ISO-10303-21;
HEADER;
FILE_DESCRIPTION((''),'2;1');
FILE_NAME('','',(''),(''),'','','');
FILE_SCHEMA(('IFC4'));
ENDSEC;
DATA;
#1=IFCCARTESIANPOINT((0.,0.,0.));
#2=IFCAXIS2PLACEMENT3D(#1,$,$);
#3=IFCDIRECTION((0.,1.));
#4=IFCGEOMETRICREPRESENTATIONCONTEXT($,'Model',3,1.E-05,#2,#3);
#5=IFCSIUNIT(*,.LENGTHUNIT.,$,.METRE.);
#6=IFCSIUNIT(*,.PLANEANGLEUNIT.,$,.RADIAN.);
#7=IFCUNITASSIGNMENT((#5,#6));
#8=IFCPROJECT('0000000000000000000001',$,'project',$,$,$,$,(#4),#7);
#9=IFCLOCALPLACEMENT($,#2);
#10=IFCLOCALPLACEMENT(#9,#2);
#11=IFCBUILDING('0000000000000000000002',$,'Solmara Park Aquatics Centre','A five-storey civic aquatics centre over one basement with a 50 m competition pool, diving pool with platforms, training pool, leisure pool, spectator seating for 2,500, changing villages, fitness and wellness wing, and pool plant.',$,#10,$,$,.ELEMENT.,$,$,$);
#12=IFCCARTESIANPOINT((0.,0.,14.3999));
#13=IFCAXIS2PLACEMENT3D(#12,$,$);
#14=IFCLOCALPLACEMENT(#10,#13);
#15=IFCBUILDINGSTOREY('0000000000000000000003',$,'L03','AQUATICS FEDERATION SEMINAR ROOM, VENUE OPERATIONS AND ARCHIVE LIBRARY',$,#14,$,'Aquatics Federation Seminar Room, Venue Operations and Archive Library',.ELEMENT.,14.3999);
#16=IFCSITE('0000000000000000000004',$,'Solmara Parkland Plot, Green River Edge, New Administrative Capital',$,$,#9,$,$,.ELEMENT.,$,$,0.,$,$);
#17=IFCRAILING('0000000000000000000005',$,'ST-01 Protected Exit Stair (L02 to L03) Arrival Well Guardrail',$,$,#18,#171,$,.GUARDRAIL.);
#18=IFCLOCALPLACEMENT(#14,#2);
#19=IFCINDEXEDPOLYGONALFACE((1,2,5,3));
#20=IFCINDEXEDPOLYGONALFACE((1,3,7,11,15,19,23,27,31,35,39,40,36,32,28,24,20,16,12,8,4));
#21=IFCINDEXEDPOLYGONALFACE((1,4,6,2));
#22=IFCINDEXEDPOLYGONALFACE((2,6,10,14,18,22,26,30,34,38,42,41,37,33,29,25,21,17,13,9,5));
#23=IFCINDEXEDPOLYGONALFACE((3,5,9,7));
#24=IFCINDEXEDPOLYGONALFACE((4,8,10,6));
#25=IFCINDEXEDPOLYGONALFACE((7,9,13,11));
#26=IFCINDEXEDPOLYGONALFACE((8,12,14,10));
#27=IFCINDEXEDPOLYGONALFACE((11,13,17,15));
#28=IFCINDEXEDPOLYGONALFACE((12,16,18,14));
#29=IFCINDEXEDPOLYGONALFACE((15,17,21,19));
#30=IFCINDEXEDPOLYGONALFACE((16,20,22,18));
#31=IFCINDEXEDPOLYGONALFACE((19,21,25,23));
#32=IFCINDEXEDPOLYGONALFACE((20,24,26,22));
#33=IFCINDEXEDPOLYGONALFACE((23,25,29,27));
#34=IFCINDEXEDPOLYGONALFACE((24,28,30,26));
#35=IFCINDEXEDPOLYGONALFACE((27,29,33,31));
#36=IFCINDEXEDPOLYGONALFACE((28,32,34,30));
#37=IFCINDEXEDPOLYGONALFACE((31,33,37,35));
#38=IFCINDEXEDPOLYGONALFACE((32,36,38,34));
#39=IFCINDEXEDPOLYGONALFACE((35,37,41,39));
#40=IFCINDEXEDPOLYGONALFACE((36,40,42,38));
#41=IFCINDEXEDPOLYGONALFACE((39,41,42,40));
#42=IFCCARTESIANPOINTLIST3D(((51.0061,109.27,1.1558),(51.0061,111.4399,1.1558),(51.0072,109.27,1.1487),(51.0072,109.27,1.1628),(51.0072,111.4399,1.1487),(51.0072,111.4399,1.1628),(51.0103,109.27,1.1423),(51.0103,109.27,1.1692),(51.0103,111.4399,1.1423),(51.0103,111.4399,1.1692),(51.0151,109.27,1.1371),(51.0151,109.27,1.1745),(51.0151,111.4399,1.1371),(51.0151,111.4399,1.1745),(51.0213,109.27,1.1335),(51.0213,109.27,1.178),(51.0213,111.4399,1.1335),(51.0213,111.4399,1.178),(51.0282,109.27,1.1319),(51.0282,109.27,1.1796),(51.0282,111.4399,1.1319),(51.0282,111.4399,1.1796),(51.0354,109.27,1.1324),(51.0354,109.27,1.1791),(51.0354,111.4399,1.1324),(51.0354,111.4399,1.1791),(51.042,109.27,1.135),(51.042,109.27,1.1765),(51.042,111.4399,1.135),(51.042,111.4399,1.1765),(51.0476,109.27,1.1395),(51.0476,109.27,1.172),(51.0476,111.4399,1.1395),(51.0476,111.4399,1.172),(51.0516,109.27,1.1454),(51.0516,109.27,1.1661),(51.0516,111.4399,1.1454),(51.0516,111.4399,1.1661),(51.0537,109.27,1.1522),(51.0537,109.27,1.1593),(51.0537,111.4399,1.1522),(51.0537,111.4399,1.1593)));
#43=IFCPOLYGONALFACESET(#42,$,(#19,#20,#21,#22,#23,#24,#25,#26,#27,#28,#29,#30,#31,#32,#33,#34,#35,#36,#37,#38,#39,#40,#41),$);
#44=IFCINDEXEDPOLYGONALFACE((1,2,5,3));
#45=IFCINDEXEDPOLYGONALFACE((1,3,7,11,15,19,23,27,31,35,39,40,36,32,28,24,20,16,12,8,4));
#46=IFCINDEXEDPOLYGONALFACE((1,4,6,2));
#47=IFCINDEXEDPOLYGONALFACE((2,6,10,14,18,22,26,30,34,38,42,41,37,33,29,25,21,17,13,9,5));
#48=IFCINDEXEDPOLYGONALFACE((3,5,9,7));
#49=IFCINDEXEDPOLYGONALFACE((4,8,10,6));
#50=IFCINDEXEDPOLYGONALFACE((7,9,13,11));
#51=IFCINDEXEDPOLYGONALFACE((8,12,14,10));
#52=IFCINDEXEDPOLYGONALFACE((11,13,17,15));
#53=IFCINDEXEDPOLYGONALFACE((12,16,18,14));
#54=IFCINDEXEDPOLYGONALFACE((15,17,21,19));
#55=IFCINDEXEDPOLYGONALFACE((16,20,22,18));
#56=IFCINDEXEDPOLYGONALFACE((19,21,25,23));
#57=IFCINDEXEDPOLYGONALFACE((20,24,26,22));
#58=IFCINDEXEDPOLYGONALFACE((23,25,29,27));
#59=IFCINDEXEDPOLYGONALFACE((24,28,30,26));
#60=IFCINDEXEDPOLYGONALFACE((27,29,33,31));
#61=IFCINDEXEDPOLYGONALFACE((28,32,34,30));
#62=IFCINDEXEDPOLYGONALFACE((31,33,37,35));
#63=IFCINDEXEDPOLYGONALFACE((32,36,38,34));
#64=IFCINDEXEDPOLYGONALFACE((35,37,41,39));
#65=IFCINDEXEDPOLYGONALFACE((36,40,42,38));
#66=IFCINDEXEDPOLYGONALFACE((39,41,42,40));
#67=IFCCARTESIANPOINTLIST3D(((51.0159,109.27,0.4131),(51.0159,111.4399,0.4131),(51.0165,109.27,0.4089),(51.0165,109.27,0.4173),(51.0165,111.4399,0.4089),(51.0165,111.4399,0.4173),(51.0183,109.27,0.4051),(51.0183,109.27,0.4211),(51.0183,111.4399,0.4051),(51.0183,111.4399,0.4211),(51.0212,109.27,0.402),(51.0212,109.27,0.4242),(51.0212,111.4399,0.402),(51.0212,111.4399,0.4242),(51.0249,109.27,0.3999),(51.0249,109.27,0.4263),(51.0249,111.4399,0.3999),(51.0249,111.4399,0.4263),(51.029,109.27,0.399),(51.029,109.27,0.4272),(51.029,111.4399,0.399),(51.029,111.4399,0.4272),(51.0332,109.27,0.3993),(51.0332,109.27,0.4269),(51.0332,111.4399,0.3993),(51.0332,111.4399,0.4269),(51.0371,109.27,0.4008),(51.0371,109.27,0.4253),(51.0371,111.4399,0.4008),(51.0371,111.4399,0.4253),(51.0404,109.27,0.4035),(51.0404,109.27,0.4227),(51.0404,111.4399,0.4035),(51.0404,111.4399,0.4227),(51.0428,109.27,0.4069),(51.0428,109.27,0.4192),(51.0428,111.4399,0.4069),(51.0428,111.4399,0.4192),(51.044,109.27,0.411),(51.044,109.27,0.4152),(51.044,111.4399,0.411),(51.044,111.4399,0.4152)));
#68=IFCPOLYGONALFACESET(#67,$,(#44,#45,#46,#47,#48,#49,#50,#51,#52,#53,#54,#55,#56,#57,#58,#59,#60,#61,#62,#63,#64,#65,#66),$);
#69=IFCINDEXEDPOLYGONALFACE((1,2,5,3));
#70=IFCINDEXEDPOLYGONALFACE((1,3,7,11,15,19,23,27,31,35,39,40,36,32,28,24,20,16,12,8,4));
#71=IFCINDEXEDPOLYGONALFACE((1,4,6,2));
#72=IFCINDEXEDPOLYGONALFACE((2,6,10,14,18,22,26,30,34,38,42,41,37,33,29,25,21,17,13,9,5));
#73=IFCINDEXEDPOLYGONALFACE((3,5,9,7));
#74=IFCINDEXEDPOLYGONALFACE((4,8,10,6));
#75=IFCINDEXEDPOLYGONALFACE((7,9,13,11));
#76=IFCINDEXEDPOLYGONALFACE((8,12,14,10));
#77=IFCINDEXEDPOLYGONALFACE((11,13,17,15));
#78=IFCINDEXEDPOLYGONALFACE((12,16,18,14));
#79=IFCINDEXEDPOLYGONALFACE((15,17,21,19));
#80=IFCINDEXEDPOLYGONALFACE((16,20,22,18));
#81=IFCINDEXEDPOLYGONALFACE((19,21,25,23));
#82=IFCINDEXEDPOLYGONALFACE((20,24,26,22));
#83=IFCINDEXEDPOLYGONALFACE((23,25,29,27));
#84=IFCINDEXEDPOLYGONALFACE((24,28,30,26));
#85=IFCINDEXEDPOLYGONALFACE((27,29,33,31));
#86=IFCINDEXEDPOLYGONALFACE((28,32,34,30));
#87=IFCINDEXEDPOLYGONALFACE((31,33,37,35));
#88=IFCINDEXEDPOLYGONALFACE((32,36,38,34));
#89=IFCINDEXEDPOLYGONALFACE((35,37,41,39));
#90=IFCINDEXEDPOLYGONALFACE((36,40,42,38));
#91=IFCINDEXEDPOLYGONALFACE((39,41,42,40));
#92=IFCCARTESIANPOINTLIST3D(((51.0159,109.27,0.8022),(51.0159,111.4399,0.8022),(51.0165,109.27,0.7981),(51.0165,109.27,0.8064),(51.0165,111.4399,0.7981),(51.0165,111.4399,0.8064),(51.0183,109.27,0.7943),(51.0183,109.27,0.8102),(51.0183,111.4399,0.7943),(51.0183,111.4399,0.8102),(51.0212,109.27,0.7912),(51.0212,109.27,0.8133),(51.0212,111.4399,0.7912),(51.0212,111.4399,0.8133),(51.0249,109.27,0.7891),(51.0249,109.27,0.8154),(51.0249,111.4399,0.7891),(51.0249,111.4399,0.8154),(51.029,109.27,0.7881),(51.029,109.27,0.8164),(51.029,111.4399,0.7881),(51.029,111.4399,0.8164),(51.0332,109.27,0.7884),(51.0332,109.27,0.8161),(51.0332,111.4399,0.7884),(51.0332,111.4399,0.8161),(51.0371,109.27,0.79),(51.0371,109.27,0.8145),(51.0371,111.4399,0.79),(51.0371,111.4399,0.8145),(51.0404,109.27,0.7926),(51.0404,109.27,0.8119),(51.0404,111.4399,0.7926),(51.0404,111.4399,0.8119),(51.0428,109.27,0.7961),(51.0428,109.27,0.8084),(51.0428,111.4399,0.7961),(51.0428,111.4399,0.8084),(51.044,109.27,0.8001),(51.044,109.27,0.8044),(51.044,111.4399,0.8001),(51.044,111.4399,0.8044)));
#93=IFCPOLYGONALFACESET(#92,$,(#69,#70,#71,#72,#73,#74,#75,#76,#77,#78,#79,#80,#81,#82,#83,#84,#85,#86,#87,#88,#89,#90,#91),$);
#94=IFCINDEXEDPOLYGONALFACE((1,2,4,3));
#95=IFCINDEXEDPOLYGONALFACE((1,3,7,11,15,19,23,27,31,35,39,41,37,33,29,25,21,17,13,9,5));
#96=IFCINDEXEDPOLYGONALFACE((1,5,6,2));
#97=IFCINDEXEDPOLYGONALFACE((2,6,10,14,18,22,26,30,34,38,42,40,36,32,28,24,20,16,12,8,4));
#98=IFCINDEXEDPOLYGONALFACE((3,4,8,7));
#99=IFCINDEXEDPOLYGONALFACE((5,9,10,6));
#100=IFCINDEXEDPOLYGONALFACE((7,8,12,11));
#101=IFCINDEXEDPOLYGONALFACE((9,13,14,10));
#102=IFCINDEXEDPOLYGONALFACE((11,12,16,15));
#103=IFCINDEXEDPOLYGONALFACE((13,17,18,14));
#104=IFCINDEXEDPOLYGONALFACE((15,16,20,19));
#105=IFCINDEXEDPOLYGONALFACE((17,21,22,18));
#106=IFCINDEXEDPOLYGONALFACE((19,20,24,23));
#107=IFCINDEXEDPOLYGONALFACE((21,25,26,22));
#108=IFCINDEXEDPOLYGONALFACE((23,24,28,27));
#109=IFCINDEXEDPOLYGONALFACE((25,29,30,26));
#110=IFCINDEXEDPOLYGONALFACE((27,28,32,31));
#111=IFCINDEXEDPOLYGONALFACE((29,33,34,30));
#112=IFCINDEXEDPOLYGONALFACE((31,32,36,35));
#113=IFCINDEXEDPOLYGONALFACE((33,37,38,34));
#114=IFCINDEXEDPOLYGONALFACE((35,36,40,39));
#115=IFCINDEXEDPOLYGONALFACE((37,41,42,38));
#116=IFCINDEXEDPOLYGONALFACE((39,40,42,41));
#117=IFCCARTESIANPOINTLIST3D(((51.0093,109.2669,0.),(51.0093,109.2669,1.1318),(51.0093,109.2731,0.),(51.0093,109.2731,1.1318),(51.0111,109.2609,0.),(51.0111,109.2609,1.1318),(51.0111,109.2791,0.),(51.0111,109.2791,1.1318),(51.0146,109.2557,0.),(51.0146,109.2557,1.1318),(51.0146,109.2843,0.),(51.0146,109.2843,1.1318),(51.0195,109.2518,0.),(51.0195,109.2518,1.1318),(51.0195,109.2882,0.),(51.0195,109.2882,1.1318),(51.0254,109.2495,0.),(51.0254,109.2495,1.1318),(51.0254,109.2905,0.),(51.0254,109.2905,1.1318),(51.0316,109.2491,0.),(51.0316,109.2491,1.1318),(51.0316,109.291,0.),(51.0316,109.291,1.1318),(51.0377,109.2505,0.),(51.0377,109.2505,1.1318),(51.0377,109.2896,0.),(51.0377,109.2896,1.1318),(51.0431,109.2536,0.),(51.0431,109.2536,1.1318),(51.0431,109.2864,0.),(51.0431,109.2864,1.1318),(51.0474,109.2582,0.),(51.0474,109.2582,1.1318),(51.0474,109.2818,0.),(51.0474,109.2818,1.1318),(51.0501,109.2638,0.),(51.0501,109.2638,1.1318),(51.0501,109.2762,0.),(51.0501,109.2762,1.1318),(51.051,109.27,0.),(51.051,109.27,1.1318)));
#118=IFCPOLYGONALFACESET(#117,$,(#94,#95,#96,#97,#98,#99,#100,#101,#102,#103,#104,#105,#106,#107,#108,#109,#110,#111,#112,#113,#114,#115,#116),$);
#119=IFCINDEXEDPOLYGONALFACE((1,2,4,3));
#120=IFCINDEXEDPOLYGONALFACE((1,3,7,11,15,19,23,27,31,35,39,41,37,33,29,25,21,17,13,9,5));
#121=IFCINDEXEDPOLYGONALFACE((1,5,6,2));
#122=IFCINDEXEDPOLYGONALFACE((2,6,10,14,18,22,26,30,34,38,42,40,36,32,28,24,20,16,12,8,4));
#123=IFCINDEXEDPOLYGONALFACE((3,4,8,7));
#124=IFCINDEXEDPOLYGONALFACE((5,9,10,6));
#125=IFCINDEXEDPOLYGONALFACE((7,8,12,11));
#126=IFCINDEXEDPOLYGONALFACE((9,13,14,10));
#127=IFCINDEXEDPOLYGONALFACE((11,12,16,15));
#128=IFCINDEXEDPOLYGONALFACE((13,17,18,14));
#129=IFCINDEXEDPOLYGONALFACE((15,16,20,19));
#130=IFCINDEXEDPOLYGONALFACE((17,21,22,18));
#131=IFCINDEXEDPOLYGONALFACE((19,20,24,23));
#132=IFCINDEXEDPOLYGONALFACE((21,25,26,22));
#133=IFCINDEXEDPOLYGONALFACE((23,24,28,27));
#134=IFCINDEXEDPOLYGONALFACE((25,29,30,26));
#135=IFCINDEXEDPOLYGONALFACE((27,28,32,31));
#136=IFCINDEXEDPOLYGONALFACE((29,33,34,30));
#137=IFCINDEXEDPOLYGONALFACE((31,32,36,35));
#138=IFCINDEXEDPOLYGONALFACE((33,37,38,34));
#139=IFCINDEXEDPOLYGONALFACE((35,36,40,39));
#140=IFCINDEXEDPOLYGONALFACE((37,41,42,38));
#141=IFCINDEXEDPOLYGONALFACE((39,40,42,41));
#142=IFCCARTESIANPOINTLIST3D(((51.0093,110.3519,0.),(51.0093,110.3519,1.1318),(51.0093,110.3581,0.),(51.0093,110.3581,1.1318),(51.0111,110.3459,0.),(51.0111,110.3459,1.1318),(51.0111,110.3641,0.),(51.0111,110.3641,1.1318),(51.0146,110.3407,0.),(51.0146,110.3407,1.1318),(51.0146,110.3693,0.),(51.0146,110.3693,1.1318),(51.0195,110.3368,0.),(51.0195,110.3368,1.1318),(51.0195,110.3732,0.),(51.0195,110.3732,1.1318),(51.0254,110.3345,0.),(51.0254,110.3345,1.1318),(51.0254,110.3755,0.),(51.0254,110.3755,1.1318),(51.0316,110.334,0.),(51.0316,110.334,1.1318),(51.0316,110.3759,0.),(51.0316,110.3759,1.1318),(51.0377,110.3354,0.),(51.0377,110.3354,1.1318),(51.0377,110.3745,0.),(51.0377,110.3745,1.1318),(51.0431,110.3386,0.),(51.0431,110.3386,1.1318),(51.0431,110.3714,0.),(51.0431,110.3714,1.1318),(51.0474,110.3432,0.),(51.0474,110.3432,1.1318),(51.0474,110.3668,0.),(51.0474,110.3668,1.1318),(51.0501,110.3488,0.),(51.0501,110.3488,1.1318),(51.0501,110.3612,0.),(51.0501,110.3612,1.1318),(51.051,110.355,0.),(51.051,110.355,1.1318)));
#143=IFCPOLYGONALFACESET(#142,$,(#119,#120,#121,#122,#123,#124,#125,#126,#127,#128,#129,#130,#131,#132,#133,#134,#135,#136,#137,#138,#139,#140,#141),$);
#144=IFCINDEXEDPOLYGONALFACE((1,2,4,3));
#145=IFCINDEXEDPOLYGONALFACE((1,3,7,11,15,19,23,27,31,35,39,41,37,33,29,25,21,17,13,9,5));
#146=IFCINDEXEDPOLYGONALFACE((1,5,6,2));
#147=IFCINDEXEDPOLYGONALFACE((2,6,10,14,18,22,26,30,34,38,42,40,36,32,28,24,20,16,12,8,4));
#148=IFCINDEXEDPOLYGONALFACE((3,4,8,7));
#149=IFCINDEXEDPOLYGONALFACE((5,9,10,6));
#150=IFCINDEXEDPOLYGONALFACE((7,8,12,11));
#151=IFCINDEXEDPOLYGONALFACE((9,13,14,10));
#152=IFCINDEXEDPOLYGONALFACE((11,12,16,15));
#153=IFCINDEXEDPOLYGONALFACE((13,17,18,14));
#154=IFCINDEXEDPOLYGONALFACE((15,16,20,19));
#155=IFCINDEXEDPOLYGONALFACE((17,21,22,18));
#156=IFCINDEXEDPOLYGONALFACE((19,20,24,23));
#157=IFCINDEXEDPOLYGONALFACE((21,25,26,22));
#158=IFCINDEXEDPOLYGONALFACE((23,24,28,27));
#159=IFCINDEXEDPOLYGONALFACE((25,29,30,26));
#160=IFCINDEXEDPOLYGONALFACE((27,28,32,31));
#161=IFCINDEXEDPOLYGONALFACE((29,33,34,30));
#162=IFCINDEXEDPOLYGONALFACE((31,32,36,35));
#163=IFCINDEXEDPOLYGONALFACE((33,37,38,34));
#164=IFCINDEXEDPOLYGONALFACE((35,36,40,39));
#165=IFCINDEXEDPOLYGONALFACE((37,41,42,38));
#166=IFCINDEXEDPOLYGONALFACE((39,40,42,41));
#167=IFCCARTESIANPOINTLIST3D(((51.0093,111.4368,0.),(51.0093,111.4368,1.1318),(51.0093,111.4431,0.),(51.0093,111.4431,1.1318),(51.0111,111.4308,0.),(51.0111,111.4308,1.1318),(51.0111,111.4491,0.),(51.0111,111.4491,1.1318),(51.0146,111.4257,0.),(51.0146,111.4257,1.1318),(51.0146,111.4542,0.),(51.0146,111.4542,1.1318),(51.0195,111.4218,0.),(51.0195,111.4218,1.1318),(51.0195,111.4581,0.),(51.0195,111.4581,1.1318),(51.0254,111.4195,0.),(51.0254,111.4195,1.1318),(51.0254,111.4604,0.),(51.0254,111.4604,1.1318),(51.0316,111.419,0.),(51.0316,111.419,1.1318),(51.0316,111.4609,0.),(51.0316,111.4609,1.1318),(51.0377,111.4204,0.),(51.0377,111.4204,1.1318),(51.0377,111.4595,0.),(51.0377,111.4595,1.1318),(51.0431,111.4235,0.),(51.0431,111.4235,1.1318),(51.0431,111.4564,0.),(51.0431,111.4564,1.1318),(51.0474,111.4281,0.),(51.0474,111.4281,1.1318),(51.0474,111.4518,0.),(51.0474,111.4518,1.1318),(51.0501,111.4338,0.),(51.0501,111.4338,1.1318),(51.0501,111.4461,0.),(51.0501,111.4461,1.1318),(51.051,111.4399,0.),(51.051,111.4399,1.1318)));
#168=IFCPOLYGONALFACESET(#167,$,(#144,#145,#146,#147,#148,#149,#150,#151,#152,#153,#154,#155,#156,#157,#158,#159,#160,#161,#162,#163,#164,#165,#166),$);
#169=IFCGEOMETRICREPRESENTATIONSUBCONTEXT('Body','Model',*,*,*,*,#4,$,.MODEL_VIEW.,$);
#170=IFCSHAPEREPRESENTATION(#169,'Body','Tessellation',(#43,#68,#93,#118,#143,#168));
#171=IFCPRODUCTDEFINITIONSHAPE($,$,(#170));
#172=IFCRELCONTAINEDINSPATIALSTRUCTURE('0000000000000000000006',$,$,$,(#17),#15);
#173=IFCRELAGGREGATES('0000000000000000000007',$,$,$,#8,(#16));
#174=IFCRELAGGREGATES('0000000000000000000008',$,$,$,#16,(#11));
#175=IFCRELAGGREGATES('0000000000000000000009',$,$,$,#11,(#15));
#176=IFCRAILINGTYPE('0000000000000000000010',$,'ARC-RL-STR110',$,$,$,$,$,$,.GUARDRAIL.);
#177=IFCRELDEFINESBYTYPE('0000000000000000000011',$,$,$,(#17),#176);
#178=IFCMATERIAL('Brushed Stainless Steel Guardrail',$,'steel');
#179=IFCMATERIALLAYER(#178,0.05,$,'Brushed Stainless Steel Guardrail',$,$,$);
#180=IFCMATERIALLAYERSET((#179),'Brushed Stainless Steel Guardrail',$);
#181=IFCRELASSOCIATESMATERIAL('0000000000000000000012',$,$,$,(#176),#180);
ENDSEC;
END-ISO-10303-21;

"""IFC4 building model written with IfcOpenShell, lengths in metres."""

from ifc_helpers import new_model, si_unit, direction, frame, origin, origin_2d, place, context, subcontext, project, spatial, circle, extrude, material, layer, layer_set, type_object, element, save


model = new_model("IFC4")

# Units and contexts
model_context = context("Model", 3, precision=1e-05, world=origin(), true_north=direction((0.0, 1.0)))
body_context = subcontext(model_context, "Body", "Model", "MODEL_VIEW")
ifc_project = project(units=[si_unit("LENGTHUNIT", "METRE"), si_unit("PLANEANGLEUNIT", "RADIAN")], contexts=[model_context])

# Site, building, storey
site_placement = place(None, origin())
site = spatial("IfcSite", under=ifc_project, at=site_placement, Name="Solmara Parkland Plot, Green River Edge, New Administrative Capital", CompositionType="ELEMENT", RefElevation=0.0)
building_placement = place(site_placement, origin())
building = spatial("IfcBuilding", under=site, at=building_placement, Name="Solmara Park Aquatics Centre", Description="A five-storey civic aquatics centre over one basement with a 50 m competition pool, diving pool with platforms, training pool, leisure pool, spectator seating for 2,500, changing villages, fitness and wellness wing, and pool plant.", CompositionType="ELEMENT")
storey_placement = place(building_placement, frame((0.0, 0.0, 14.3999)))
storey = spatial("IfcBuildingStorey", under=building, at=storey_placement, Name="L03", Description="AQUATICS FEDERATION SEMINAR ROOM, VENUE OPERATIONS AND ARCHIVE LIBRARY", LongName="Aquatics Federation Seminar Room, Venue Operations and Archive Library", CompositionType="ELEMENT", Elevation=14.3999)

# Railing
ifc_material_1 = material(Name="Brushed Stainless Steel Guardrail", Category="steel")
ifc_layer_1 = layer(ifc_material_1, 0.05, Name="Brushed Stainless Steel Guardrail")
ifc_layer_set_1 = layer_set([ifc_layer_1], Name="Brushed Stainless Steel Guardrail")
railing_type_1 = type_object("IfcRailingType", Name="ARC-RL-STR110", PredefinedType="GUARDRAIL", material=ifc_layer_set_1)
railing_1_placement = place(storey_placement, frame((51.03, 109.27, 0.0)))
element("IfcRailing", 1, at=railing_1_placement, inside=storey, type_object=railing_type_1, Name="ST-01 Protected Exit Stair (L02 to L03) Arrival Well Guardrail", PredefinedType="GUARDRAIL", context=body_context, shape_type="SweptSolid", body=[
    extrude(circle(Radius=0.0239, at=origin_2d()), frame((0.0, 0.0, 1.1558), z_axis=(0.0, 1.0, 0.0), x_axis=(-1.0, 0.0, 0.0)), (0.0, 0.0, 1.0), 2.1699),
    extrude(circle(Radius=0.0142, at=origin_2d()), frame((0.0, 0.0, 0.4131), z_axis=(0.0, 1.0, 0.0), x_axis=(-1.0, 0.0, 0.0)), (0.0, 0.0, 1.0), 2.1699),
    extrude(circle(Radius=0.0142, at=origin_2d()), frame((0.0, 0.0, 0.8022), z_axis=(0.0, 1.0, 0.0), x_axis=(-1.0, 0.0, 0.0)), (0.0, 0.0, 1.0), 2.1699),
    extrude(circle(Radius=0.021, at=origin_2d()), origin(), (0.0, 0.0, 1.0), 1.1318),
    extrude(circle(Radius=0.021, at=origin_2d()), frame((0.0, 1.085, 0.0)), (0.0, 0.0, 1.0), 1.1318),
    extrude(circle(Radius=0.021, at=origin_2d()), frame((0.0, 2.1699, 0.0)), (0.0, 0.0, 1.0), 1.1318),
])

save(model, "model.ifc")
